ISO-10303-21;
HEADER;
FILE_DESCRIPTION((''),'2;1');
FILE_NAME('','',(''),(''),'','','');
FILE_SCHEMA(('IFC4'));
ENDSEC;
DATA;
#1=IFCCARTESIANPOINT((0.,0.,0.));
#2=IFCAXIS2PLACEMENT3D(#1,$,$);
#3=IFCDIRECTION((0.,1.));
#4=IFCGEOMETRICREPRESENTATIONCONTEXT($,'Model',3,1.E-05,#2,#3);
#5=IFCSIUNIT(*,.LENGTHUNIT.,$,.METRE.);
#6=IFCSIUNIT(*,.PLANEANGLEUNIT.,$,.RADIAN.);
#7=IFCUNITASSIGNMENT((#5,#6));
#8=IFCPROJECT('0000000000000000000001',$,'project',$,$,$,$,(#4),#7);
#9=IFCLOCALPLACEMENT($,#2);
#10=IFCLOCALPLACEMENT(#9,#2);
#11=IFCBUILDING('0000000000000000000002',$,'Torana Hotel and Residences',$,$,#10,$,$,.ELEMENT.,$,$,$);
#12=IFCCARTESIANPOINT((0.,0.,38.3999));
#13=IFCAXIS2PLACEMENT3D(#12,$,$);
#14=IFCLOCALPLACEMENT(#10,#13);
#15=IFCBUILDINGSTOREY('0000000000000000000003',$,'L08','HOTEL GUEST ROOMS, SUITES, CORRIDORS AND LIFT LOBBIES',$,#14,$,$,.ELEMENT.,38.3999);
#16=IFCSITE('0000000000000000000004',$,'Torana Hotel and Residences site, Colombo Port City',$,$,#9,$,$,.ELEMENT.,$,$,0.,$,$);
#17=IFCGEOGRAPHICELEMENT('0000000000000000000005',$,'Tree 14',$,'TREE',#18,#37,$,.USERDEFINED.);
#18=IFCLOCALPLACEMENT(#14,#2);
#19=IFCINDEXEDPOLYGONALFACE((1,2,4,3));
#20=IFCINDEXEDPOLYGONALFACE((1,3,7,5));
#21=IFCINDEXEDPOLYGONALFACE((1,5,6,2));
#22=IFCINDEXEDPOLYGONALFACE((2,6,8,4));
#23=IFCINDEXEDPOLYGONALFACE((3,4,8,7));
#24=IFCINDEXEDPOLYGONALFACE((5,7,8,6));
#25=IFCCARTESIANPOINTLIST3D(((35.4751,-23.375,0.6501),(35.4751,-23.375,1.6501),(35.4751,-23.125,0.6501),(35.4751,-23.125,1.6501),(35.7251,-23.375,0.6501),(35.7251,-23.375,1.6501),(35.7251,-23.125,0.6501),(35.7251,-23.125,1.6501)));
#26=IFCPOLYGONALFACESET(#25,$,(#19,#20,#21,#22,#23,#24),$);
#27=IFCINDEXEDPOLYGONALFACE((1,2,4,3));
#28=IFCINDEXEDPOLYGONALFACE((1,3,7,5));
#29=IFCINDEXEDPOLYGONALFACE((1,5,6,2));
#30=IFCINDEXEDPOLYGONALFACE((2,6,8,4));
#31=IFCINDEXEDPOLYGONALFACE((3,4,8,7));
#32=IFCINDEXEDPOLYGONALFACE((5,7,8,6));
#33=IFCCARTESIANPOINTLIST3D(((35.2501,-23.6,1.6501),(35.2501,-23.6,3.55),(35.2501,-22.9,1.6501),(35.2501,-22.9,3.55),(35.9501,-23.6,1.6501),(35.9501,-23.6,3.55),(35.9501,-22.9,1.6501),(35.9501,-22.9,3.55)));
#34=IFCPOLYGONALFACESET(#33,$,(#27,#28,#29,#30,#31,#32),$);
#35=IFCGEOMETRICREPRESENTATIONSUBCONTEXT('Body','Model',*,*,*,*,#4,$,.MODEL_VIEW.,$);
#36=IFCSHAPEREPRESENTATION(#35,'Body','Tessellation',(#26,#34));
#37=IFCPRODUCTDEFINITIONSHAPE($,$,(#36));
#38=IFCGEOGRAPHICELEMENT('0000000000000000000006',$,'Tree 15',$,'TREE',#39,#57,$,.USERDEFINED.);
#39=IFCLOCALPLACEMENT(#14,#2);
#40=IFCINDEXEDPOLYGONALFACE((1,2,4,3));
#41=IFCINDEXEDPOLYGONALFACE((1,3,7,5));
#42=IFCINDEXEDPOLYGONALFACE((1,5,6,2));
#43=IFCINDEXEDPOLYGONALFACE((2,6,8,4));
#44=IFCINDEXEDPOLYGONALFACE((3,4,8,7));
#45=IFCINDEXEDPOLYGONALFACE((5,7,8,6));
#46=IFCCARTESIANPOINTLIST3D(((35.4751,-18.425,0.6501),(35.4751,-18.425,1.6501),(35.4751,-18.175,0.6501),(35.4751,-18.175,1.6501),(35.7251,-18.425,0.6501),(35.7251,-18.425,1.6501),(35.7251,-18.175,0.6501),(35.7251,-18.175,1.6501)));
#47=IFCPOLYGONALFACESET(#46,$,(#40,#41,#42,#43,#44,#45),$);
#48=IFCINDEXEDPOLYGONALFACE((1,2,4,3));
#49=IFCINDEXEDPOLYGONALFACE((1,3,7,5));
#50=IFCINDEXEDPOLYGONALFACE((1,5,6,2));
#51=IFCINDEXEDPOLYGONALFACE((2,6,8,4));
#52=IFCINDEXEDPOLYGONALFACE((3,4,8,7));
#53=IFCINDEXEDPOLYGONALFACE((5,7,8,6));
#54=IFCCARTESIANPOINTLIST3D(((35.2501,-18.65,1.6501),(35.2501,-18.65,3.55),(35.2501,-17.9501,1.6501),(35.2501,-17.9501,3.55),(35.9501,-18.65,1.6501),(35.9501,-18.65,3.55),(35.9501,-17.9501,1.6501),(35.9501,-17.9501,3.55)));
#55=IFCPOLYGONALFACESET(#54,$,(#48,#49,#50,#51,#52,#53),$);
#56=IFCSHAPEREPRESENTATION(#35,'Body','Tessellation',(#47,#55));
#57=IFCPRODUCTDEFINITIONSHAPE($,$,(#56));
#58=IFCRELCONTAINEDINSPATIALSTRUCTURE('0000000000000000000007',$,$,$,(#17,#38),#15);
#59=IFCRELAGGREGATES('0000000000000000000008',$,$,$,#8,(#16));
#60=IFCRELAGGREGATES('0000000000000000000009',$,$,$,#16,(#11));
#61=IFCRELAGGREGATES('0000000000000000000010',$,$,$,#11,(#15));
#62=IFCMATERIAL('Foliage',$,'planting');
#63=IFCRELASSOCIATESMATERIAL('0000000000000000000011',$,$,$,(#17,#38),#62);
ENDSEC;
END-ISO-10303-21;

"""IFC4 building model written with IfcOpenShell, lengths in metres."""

from ifc_helpers import new_model, si_unit, direction, frame, origin, origin_2d, place, context, subcontext, project, spatial, rectangle, extrude, material, element, save


model = new_model("IFC4")

# Units and contexts
model_context = context("Model", 3, precision=1e-05, world=origin(), true_north=direction((0.0, 1.0)))
body_context = subcontext(model_context, "Body", "Model", "MODEL_VIEW")
ifc_project = project(units=[si_unit("LENGTHUNIT", "METRE"), si_unit("PLANEANGLEUNIT", "RADIAN")], contexts=[model_context])

# Site, building, storey
site_placement = place(None, origin())
site = spatial("IfcSite", under=ifc_project, at=site_placement, Name="Torana Hotel and Residences site, Colombo Port City", CompositionType="ELEMENT", RefElevation=0.0)
building_placement = place(site_placement, origin())
building = spatial("IfcBuilding", under=site, at=building_placement, Name="Torana Hotel and Residences", CompositionType="ELEMENT")
storey_placement = place(building_placement, frame((0.0, 0.0, 38.3999)))
storey = spatial("IfcBuildingStorey", under=building, at=storey_placement, Name="L08", Description="HOTEL GUEST ROOMS, SUITES, CORRIDORS AND LIFT LOBBIES", CompositionType="ELEMENT", Elevation=38.3999)

# Geographic elements
ifc_material_1 = material(Name="Foliage", Category="planting")
for number, where, z_axis, x_axis, name in (
    (1, (35.6001, -23.25, 0.6501), (0.0, 0.0, 1.0), (1.0, 0.0, 0.0), "Tree 14"),
    (2, (35.6001, -18.3, 0.6501), (0.0, 0.0, 1.0), (1.0, 0.0, 0.0), "Tree 15"),
):
    element("IfcGeographicElement", number, at=place(storey_placement, frame(where, z_axis=z_axis, x_axis=x_axis)), inside=storey, material=ifc_material_1, Name=name, ObjectType="TREE", PredefinedType="USERDEFINED", context=body_context, shape_type="SweptSolid", body=[
        extrude(rectangle(XDim=0.25, YDim=0.25, at=origin_2d()), origin(), (0.0, 0.0, 1.0), 1.0),
        extrude(rectangle(XDim=0.7, YDim=0.7, at=origin_2d()), frame((0.0, 0.0, 1.0)), (0.0, 0.0, 1.0), 1.8999),
    ])

save(model, "model.ifc")
